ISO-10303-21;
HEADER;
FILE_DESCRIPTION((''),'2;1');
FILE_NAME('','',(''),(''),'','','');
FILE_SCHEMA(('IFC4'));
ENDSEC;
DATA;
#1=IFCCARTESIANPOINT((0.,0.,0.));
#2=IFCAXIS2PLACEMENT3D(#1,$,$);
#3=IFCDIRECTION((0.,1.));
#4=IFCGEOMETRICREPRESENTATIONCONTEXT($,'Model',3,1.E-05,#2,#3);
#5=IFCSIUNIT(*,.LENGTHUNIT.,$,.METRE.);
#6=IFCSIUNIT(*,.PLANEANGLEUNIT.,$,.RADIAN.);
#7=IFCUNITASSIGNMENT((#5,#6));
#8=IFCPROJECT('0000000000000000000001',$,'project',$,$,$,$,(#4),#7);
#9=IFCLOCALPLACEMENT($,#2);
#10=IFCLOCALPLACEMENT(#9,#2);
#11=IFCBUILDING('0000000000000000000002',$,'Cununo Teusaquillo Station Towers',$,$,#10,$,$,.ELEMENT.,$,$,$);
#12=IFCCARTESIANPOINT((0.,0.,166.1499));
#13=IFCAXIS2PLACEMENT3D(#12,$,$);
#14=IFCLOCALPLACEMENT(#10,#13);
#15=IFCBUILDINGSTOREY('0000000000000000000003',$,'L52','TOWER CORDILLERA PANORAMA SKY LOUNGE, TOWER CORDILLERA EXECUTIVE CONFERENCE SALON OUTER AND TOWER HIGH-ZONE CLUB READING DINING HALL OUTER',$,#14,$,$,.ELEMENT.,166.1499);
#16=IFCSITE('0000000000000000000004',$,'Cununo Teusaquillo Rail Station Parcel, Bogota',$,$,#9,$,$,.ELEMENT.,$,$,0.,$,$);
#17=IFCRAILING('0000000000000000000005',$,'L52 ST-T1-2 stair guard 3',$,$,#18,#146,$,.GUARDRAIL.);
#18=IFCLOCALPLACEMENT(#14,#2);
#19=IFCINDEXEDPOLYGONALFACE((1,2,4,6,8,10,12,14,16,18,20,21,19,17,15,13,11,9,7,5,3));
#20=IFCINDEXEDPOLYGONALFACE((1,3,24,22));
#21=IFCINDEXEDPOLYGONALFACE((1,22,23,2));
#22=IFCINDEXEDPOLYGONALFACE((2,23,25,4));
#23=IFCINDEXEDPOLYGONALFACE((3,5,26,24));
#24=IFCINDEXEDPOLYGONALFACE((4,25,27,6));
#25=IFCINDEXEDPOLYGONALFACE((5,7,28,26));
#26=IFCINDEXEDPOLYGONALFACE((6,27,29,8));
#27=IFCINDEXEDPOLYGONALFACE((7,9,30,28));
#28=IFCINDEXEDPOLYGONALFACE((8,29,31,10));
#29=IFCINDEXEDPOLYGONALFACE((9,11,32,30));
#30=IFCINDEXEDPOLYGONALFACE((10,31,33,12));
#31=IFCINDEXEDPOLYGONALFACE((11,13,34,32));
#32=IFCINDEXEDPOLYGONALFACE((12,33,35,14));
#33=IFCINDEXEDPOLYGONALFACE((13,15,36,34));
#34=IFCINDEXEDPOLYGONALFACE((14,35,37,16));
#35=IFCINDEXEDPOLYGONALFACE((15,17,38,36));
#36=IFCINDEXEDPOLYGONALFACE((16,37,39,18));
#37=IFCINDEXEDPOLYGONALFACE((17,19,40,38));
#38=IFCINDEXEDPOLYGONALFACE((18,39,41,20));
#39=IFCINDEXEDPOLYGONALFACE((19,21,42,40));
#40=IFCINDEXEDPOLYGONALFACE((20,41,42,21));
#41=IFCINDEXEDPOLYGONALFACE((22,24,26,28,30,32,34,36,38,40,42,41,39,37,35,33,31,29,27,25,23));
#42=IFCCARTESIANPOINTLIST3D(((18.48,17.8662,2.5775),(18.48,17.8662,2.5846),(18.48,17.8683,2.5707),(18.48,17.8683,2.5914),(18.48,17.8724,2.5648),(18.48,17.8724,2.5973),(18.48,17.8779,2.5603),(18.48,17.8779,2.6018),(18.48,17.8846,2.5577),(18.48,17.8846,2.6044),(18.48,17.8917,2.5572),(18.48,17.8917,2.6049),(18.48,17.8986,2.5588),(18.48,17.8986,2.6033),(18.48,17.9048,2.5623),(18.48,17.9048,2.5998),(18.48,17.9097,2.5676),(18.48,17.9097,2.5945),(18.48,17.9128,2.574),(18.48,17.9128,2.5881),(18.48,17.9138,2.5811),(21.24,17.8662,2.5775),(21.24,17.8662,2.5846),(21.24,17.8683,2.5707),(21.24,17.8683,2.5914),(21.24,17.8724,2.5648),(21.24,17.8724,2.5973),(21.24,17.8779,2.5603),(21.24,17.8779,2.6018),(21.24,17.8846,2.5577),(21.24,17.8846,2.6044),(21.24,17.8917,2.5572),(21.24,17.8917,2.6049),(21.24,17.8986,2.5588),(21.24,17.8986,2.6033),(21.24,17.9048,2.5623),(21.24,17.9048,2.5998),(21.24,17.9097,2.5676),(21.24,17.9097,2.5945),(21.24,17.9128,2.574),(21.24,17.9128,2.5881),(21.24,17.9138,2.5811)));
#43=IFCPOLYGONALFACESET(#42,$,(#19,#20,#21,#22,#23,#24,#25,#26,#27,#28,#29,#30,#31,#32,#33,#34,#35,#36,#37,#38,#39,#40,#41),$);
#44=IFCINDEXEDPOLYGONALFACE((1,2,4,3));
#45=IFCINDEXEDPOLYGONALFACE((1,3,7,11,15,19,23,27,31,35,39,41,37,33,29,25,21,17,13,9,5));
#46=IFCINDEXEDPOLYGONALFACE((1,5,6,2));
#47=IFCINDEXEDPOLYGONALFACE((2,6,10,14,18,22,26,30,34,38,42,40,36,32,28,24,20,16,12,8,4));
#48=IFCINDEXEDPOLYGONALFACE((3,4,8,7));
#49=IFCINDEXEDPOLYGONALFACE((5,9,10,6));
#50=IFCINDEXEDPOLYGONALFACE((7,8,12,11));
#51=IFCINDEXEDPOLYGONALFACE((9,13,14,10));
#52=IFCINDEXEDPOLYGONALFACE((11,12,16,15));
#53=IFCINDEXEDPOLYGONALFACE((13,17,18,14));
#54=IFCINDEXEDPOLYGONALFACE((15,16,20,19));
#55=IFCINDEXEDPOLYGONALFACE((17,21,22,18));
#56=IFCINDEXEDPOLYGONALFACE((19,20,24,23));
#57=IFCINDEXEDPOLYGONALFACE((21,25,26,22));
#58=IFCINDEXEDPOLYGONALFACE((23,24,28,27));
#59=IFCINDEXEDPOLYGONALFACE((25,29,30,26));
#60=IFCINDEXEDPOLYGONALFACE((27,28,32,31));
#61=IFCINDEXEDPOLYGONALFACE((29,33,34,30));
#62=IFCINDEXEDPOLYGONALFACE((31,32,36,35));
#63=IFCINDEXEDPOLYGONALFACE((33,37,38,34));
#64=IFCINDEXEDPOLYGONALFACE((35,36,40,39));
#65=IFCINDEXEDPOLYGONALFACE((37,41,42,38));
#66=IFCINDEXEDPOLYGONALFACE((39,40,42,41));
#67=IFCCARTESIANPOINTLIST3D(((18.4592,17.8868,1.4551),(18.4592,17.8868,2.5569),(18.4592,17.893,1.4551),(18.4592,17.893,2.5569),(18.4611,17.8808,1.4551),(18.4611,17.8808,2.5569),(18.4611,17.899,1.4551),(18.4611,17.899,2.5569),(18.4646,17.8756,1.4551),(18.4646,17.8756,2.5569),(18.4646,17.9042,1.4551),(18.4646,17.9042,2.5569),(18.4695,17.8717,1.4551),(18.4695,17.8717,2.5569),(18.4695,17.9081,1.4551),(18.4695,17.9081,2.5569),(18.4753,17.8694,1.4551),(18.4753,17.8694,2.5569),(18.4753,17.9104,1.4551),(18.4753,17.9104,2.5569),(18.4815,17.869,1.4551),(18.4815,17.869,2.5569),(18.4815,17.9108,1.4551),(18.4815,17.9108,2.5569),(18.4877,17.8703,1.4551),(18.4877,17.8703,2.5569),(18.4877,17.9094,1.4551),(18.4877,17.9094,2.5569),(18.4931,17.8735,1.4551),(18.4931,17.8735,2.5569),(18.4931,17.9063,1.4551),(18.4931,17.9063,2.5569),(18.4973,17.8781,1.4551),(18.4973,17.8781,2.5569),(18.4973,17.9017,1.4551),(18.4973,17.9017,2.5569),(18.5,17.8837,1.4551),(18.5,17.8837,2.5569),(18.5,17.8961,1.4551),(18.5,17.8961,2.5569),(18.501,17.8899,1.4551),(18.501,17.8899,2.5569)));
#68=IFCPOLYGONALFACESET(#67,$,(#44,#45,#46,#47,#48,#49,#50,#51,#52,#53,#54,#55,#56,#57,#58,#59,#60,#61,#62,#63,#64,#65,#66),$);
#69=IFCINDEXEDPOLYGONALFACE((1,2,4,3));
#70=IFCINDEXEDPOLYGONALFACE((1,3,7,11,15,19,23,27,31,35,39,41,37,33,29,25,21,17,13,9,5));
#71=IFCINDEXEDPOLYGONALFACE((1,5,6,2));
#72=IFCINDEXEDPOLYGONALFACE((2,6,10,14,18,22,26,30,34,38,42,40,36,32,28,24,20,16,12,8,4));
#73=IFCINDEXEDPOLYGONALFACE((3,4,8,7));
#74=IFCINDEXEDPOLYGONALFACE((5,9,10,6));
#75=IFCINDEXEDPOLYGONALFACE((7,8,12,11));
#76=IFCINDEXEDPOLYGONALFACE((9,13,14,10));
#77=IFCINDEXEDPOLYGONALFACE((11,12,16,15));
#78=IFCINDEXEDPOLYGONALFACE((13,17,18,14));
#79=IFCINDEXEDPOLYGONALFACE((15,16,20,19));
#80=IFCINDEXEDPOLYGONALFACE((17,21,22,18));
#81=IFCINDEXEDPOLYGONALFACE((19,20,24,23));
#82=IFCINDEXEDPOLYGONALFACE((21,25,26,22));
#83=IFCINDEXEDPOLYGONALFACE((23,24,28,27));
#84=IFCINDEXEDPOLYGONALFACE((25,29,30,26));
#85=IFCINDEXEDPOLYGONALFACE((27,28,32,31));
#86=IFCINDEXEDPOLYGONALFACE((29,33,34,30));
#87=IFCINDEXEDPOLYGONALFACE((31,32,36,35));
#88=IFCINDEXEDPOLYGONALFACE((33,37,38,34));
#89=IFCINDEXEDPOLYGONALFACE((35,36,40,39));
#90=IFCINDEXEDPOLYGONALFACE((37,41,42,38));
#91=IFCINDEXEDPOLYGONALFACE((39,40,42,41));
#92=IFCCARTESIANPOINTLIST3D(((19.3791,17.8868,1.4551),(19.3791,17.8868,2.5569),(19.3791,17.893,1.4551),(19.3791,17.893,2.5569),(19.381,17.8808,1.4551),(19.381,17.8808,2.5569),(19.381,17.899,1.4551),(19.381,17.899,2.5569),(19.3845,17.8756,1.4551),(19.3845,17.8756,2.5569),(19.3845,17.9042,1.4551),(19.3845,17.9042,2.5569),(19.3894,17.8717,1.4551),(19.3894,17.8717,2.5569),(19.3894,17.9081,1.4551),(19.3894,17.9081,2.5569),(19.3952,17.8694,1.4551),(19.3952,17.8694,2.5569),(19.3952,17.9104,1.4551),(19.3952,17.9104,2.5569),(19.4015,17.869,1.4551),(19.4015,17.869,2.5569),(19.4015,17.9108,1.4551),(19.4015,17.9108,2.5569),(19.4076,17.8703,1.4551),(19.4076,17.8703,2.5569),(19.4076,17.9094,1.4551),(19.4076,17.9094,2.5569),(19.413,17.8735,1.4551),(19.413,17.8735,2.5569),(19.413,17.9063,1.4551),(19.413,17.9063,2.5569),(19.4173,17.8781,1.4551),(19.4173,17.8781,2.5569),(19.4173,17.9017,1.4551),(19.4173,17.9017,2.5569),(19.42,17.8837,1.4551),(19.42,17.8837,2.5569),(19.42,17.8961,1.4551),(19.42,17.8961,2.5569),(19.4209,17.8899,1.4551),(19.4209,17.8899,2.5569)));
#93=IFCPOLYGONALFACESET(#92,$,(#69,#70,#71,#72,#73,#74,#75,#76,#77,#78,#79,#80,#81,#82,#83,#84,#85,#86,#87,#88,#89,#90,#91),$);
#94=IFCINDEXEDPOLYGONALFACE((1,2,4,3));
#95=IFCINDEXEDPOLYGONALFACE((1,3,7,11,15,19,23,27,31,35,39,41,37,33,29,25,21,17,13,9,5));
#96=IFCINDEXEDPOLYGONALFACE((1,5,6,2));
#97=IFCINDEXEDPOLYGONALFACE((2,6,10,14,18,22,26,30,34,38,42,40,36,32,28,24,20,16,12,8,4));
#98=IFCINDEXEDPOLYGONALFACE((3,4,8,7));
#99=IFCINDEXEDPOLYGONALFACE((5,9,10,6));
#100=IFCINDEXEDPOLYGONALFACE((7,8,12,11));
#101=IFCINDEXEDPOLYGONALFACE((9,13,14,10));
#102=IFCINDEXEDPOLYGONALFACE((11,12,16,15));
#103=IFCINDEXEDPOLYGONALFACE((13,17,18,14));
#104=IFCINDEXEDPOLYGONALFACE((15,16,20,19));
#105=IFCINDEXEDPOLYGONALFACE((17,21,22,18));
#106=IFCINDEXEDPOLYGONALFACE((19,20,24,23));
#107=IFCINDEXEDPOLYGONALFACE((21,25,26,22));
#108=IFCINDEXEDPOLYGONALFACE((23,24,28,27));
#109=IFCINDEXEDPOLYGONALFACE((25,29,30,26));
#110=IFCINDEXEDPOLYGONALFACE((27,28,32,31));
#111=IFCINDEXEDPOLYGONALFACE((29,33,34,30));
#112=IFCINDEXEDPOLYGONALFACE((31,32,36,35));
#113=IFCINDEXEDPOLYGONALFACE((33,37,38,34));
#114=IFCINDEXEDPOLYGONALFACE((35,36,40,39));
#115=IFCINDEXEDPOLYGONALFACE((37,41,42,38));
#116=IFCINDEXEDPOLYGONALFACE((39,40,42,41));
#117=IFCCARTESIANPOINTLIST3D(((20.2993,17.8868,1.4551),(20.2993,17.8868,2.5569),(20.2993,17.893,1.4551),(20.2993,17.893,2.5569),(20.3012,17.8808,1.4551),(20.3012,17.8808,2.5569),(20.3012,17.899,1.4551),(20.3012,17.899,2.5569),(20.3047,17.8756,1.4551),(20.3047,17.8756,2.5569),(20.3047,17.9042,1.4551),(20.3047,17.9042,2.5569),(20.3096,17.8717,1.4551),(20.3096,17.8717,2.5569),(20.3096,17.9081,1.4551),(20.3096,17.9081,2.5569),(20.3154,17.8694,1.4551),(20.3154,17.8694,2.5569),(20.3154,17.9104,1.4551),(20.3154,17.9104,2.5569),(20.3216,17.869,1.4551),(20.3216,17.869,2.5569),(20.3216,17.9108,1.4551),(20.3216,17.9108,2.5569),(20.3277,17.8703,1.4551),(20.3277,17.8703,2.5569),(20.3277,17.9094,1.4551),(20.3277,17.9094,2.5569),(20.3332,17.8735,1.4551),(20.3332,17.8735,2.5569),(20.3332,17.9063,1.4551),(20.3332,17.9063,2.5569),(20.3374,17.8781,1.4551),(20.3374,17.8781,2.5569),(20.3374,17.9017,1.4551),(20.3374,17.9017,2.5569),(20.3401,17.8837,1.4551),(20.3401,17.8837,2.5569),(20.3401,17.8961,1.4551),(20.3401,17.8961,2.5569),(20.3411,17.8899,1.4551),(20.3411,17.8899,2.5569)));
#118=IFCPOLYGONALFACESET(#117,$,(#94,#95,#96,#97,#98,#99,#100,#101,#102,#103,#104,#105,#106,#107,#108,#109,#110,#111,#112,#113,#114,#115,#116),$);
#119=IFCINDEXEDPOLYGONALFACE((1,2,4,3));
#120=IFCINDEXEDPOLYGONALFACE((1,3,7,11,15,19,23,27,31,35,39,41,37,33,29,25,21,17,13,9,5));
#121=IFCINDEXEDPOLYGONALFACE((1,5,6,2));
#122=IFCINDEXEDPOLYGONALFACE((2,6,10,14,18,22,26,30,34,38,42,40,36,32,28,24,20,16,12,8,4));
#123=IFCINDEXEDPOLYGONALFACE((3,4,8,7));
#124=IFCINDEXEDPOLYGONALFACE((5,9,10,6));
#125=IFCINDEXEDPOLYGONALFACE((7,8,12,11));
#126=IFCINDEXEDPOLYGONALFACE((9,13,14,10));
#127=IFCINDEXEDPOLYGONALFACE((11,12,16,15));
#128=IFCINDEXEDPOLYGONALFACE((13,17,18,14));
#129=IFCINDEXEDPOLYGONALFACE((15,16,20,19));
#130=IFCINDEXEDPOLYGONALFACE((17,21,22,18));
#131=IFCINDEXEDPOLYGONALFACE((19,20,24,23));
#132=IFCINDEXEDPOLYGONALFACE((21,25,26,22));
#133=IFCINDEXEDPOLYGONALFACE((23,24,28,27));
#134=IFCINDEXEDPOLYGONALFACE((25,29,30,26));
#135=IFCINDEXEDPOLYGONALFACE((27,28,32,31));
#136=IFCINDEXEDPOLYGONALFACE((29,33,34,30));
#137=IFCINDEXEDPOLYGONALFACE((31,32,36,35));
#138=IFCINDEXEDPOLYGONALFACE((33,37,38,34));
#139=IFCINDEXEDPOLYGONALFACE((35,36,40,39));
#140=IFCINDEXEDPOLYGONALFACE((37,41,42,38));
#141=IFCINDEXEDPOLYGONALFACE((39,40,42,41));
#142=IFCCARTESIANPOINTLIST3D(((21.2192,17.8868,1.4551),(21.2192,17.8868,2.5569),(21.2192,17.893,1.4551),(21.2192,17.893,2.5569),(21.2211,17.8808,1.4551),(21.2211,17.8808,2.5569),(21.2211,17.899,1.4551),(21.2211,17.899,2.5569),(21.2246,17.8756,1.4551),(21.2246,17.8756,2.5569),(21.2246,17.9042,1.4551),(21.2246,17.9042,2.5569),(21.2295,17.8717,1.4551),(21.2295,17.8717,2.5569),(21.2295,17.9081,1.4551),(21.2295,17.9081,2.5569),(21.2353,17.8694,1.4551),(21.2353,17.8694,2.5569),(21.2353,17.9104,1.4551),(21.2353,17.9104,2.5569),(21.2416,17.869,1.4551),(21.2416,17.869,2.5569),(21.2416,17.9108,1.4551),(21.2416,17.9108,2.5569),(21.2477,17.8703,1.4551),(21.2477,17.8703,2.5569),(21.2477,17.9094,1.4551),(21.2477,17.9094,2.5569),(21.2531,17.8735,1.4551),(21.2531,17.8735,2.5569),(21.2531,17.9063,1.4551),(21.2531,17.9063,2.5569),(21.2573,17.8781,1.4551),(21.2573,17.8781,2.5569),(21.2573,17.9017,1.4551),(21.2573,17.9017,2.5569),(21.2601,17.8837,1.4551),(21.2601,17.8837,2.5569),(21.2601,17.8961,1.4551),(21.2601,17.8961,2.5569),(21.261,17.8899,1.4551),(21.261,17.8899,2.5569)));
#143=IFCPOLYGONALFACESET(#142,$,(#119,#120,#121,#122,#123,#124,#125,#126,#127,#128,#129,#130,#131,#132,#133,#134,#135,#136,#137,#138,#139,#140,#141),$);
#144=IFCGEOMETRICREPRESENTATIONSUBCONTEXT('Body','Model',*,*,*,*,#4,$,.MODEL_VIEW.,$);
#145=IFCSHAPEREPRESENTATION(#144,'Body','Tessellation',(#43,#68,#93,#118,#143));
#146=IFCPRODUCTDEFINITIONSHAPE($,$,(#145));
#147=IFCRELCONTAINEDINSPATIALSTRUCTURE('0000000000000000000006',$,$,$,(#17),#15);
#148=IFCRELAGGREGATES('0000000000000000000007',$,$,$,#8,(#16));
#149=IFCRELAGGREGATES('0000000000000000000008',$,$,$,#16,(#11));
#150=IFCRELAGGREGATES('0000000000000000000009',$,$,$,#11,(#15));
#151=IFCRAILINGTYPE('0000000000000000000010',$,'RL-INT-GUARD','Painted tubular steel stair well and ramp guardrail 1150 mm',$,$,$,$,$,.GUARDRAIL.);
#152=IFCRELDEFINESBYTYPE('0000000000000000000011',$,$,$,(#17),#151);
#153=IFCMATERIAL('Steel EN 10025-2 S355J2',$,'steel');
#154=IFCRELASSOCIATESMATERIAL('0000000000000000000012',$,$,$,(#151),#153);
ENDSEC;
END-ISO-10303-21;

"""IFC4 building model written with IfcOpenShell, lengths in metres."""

from ifc_helpers import new_model, si_unit, direction, frame, origin, origin_2d, place, context, subcontext, project, spatial, circle, extrude, material, type_object, element, save


model = new_model("IFC4")

# Units and contexts
model_context = context("Model", 3, precision=1e-05, world=origin(), true_north=direction((0.0, 1.0)))
body_context = subcontext(model_context, "Body", "Model", "MODEL_VIEW")
ifc_project = project(units=[si_unit("LENGTHUNIT", "METRE"), si_unit("PLANEANGLEUNIT", "RADIAN")], contexts=[model_context])

# Site, building, storey
site_placement = place(None, origin())
site = spatial("IfcSite", under=ifc_project, at=site_placement, Name="Cununo Teusaquillo Rail Station Parcel, Bogota", CompositionType="ELEMENT", RefElevation=0.0)
building_placement = place(site_placement, origin())
building = spatial("IfcBuilding", under=site, at=building_placement, Name="Cununo Teusaquillo Station Towers", CompositionType="ELEMENT")
storey_placement = place(building_placement, frame((0.0, 0.0, 166.1499)))
storey = spatial("IfcBuildingStorey", under=building, at=storey_placement, Name="L52", Description="TOWER CORDILLERA PANORAMA SKY LOUNGE, TOWER CORDILLERA EXECUTIVE CONFERENCE SALON OUTER AND TOWER HIGH-ZONE CLUB READING DINING HALL OUTER", CompositionType="ELEMENT", Elevation=166.1499)

# Railing
ifc_material_1 = material(Name="Steel EN 10025-2 S355J2", Category="steel")
railing_type_1 = type_object("IfcRailingType", Name="RL-INT-GUARD", Description="Painted tubular steel stair well and ramp guardrail 1150 mm", PredefinedType="GUARDRAIL", material=ifc_material_1)
railing_1_placement = place(storey_placement, frame((18.48, 17.8899, 1.4551)))
element("IfcRailing", 1, at=railing_1_placement, inside=storey, type_object=railing_type_1, Name="L52 ST-T1-2 stair guard 3", PredefinedType="GUARDRAIL", context=body_context, shape_type="SweptSolid", body=[
    extrude(circle(Radius=0.0239, at=origin_2d()), frame((0.0, 0.0, 1.126), z_axis=(1.0, 0.0, 0.0), x_axis=(0.0, 1.0, 0.0)), (0.0, 0.0, 1.0), 2.76),
    extrude(circle(Radius=0.021, at=origin_2d()), origin(), (0.0, 0.0, 1.0), 1.1018),
    extrude(circle(Radius=0.021, at=origin_2d()), frame((0.9199, 0.0, 0.0)), (0.0, 0.0, 1.0), 1.1018),
    extrude(circle(Radius=0.021, at=origin_2d()), frame((1.8401, 0.0, 0.0)), (0.0, 0.0, 1.0), 1.1018),
    extrude(circle(Radius=0.021, at=origin_2d()), frame((2.76, 0.0, 0.0)), (0.0, 0.0, 1.0), 1.1018),
])

save(model, "model.ifc")
